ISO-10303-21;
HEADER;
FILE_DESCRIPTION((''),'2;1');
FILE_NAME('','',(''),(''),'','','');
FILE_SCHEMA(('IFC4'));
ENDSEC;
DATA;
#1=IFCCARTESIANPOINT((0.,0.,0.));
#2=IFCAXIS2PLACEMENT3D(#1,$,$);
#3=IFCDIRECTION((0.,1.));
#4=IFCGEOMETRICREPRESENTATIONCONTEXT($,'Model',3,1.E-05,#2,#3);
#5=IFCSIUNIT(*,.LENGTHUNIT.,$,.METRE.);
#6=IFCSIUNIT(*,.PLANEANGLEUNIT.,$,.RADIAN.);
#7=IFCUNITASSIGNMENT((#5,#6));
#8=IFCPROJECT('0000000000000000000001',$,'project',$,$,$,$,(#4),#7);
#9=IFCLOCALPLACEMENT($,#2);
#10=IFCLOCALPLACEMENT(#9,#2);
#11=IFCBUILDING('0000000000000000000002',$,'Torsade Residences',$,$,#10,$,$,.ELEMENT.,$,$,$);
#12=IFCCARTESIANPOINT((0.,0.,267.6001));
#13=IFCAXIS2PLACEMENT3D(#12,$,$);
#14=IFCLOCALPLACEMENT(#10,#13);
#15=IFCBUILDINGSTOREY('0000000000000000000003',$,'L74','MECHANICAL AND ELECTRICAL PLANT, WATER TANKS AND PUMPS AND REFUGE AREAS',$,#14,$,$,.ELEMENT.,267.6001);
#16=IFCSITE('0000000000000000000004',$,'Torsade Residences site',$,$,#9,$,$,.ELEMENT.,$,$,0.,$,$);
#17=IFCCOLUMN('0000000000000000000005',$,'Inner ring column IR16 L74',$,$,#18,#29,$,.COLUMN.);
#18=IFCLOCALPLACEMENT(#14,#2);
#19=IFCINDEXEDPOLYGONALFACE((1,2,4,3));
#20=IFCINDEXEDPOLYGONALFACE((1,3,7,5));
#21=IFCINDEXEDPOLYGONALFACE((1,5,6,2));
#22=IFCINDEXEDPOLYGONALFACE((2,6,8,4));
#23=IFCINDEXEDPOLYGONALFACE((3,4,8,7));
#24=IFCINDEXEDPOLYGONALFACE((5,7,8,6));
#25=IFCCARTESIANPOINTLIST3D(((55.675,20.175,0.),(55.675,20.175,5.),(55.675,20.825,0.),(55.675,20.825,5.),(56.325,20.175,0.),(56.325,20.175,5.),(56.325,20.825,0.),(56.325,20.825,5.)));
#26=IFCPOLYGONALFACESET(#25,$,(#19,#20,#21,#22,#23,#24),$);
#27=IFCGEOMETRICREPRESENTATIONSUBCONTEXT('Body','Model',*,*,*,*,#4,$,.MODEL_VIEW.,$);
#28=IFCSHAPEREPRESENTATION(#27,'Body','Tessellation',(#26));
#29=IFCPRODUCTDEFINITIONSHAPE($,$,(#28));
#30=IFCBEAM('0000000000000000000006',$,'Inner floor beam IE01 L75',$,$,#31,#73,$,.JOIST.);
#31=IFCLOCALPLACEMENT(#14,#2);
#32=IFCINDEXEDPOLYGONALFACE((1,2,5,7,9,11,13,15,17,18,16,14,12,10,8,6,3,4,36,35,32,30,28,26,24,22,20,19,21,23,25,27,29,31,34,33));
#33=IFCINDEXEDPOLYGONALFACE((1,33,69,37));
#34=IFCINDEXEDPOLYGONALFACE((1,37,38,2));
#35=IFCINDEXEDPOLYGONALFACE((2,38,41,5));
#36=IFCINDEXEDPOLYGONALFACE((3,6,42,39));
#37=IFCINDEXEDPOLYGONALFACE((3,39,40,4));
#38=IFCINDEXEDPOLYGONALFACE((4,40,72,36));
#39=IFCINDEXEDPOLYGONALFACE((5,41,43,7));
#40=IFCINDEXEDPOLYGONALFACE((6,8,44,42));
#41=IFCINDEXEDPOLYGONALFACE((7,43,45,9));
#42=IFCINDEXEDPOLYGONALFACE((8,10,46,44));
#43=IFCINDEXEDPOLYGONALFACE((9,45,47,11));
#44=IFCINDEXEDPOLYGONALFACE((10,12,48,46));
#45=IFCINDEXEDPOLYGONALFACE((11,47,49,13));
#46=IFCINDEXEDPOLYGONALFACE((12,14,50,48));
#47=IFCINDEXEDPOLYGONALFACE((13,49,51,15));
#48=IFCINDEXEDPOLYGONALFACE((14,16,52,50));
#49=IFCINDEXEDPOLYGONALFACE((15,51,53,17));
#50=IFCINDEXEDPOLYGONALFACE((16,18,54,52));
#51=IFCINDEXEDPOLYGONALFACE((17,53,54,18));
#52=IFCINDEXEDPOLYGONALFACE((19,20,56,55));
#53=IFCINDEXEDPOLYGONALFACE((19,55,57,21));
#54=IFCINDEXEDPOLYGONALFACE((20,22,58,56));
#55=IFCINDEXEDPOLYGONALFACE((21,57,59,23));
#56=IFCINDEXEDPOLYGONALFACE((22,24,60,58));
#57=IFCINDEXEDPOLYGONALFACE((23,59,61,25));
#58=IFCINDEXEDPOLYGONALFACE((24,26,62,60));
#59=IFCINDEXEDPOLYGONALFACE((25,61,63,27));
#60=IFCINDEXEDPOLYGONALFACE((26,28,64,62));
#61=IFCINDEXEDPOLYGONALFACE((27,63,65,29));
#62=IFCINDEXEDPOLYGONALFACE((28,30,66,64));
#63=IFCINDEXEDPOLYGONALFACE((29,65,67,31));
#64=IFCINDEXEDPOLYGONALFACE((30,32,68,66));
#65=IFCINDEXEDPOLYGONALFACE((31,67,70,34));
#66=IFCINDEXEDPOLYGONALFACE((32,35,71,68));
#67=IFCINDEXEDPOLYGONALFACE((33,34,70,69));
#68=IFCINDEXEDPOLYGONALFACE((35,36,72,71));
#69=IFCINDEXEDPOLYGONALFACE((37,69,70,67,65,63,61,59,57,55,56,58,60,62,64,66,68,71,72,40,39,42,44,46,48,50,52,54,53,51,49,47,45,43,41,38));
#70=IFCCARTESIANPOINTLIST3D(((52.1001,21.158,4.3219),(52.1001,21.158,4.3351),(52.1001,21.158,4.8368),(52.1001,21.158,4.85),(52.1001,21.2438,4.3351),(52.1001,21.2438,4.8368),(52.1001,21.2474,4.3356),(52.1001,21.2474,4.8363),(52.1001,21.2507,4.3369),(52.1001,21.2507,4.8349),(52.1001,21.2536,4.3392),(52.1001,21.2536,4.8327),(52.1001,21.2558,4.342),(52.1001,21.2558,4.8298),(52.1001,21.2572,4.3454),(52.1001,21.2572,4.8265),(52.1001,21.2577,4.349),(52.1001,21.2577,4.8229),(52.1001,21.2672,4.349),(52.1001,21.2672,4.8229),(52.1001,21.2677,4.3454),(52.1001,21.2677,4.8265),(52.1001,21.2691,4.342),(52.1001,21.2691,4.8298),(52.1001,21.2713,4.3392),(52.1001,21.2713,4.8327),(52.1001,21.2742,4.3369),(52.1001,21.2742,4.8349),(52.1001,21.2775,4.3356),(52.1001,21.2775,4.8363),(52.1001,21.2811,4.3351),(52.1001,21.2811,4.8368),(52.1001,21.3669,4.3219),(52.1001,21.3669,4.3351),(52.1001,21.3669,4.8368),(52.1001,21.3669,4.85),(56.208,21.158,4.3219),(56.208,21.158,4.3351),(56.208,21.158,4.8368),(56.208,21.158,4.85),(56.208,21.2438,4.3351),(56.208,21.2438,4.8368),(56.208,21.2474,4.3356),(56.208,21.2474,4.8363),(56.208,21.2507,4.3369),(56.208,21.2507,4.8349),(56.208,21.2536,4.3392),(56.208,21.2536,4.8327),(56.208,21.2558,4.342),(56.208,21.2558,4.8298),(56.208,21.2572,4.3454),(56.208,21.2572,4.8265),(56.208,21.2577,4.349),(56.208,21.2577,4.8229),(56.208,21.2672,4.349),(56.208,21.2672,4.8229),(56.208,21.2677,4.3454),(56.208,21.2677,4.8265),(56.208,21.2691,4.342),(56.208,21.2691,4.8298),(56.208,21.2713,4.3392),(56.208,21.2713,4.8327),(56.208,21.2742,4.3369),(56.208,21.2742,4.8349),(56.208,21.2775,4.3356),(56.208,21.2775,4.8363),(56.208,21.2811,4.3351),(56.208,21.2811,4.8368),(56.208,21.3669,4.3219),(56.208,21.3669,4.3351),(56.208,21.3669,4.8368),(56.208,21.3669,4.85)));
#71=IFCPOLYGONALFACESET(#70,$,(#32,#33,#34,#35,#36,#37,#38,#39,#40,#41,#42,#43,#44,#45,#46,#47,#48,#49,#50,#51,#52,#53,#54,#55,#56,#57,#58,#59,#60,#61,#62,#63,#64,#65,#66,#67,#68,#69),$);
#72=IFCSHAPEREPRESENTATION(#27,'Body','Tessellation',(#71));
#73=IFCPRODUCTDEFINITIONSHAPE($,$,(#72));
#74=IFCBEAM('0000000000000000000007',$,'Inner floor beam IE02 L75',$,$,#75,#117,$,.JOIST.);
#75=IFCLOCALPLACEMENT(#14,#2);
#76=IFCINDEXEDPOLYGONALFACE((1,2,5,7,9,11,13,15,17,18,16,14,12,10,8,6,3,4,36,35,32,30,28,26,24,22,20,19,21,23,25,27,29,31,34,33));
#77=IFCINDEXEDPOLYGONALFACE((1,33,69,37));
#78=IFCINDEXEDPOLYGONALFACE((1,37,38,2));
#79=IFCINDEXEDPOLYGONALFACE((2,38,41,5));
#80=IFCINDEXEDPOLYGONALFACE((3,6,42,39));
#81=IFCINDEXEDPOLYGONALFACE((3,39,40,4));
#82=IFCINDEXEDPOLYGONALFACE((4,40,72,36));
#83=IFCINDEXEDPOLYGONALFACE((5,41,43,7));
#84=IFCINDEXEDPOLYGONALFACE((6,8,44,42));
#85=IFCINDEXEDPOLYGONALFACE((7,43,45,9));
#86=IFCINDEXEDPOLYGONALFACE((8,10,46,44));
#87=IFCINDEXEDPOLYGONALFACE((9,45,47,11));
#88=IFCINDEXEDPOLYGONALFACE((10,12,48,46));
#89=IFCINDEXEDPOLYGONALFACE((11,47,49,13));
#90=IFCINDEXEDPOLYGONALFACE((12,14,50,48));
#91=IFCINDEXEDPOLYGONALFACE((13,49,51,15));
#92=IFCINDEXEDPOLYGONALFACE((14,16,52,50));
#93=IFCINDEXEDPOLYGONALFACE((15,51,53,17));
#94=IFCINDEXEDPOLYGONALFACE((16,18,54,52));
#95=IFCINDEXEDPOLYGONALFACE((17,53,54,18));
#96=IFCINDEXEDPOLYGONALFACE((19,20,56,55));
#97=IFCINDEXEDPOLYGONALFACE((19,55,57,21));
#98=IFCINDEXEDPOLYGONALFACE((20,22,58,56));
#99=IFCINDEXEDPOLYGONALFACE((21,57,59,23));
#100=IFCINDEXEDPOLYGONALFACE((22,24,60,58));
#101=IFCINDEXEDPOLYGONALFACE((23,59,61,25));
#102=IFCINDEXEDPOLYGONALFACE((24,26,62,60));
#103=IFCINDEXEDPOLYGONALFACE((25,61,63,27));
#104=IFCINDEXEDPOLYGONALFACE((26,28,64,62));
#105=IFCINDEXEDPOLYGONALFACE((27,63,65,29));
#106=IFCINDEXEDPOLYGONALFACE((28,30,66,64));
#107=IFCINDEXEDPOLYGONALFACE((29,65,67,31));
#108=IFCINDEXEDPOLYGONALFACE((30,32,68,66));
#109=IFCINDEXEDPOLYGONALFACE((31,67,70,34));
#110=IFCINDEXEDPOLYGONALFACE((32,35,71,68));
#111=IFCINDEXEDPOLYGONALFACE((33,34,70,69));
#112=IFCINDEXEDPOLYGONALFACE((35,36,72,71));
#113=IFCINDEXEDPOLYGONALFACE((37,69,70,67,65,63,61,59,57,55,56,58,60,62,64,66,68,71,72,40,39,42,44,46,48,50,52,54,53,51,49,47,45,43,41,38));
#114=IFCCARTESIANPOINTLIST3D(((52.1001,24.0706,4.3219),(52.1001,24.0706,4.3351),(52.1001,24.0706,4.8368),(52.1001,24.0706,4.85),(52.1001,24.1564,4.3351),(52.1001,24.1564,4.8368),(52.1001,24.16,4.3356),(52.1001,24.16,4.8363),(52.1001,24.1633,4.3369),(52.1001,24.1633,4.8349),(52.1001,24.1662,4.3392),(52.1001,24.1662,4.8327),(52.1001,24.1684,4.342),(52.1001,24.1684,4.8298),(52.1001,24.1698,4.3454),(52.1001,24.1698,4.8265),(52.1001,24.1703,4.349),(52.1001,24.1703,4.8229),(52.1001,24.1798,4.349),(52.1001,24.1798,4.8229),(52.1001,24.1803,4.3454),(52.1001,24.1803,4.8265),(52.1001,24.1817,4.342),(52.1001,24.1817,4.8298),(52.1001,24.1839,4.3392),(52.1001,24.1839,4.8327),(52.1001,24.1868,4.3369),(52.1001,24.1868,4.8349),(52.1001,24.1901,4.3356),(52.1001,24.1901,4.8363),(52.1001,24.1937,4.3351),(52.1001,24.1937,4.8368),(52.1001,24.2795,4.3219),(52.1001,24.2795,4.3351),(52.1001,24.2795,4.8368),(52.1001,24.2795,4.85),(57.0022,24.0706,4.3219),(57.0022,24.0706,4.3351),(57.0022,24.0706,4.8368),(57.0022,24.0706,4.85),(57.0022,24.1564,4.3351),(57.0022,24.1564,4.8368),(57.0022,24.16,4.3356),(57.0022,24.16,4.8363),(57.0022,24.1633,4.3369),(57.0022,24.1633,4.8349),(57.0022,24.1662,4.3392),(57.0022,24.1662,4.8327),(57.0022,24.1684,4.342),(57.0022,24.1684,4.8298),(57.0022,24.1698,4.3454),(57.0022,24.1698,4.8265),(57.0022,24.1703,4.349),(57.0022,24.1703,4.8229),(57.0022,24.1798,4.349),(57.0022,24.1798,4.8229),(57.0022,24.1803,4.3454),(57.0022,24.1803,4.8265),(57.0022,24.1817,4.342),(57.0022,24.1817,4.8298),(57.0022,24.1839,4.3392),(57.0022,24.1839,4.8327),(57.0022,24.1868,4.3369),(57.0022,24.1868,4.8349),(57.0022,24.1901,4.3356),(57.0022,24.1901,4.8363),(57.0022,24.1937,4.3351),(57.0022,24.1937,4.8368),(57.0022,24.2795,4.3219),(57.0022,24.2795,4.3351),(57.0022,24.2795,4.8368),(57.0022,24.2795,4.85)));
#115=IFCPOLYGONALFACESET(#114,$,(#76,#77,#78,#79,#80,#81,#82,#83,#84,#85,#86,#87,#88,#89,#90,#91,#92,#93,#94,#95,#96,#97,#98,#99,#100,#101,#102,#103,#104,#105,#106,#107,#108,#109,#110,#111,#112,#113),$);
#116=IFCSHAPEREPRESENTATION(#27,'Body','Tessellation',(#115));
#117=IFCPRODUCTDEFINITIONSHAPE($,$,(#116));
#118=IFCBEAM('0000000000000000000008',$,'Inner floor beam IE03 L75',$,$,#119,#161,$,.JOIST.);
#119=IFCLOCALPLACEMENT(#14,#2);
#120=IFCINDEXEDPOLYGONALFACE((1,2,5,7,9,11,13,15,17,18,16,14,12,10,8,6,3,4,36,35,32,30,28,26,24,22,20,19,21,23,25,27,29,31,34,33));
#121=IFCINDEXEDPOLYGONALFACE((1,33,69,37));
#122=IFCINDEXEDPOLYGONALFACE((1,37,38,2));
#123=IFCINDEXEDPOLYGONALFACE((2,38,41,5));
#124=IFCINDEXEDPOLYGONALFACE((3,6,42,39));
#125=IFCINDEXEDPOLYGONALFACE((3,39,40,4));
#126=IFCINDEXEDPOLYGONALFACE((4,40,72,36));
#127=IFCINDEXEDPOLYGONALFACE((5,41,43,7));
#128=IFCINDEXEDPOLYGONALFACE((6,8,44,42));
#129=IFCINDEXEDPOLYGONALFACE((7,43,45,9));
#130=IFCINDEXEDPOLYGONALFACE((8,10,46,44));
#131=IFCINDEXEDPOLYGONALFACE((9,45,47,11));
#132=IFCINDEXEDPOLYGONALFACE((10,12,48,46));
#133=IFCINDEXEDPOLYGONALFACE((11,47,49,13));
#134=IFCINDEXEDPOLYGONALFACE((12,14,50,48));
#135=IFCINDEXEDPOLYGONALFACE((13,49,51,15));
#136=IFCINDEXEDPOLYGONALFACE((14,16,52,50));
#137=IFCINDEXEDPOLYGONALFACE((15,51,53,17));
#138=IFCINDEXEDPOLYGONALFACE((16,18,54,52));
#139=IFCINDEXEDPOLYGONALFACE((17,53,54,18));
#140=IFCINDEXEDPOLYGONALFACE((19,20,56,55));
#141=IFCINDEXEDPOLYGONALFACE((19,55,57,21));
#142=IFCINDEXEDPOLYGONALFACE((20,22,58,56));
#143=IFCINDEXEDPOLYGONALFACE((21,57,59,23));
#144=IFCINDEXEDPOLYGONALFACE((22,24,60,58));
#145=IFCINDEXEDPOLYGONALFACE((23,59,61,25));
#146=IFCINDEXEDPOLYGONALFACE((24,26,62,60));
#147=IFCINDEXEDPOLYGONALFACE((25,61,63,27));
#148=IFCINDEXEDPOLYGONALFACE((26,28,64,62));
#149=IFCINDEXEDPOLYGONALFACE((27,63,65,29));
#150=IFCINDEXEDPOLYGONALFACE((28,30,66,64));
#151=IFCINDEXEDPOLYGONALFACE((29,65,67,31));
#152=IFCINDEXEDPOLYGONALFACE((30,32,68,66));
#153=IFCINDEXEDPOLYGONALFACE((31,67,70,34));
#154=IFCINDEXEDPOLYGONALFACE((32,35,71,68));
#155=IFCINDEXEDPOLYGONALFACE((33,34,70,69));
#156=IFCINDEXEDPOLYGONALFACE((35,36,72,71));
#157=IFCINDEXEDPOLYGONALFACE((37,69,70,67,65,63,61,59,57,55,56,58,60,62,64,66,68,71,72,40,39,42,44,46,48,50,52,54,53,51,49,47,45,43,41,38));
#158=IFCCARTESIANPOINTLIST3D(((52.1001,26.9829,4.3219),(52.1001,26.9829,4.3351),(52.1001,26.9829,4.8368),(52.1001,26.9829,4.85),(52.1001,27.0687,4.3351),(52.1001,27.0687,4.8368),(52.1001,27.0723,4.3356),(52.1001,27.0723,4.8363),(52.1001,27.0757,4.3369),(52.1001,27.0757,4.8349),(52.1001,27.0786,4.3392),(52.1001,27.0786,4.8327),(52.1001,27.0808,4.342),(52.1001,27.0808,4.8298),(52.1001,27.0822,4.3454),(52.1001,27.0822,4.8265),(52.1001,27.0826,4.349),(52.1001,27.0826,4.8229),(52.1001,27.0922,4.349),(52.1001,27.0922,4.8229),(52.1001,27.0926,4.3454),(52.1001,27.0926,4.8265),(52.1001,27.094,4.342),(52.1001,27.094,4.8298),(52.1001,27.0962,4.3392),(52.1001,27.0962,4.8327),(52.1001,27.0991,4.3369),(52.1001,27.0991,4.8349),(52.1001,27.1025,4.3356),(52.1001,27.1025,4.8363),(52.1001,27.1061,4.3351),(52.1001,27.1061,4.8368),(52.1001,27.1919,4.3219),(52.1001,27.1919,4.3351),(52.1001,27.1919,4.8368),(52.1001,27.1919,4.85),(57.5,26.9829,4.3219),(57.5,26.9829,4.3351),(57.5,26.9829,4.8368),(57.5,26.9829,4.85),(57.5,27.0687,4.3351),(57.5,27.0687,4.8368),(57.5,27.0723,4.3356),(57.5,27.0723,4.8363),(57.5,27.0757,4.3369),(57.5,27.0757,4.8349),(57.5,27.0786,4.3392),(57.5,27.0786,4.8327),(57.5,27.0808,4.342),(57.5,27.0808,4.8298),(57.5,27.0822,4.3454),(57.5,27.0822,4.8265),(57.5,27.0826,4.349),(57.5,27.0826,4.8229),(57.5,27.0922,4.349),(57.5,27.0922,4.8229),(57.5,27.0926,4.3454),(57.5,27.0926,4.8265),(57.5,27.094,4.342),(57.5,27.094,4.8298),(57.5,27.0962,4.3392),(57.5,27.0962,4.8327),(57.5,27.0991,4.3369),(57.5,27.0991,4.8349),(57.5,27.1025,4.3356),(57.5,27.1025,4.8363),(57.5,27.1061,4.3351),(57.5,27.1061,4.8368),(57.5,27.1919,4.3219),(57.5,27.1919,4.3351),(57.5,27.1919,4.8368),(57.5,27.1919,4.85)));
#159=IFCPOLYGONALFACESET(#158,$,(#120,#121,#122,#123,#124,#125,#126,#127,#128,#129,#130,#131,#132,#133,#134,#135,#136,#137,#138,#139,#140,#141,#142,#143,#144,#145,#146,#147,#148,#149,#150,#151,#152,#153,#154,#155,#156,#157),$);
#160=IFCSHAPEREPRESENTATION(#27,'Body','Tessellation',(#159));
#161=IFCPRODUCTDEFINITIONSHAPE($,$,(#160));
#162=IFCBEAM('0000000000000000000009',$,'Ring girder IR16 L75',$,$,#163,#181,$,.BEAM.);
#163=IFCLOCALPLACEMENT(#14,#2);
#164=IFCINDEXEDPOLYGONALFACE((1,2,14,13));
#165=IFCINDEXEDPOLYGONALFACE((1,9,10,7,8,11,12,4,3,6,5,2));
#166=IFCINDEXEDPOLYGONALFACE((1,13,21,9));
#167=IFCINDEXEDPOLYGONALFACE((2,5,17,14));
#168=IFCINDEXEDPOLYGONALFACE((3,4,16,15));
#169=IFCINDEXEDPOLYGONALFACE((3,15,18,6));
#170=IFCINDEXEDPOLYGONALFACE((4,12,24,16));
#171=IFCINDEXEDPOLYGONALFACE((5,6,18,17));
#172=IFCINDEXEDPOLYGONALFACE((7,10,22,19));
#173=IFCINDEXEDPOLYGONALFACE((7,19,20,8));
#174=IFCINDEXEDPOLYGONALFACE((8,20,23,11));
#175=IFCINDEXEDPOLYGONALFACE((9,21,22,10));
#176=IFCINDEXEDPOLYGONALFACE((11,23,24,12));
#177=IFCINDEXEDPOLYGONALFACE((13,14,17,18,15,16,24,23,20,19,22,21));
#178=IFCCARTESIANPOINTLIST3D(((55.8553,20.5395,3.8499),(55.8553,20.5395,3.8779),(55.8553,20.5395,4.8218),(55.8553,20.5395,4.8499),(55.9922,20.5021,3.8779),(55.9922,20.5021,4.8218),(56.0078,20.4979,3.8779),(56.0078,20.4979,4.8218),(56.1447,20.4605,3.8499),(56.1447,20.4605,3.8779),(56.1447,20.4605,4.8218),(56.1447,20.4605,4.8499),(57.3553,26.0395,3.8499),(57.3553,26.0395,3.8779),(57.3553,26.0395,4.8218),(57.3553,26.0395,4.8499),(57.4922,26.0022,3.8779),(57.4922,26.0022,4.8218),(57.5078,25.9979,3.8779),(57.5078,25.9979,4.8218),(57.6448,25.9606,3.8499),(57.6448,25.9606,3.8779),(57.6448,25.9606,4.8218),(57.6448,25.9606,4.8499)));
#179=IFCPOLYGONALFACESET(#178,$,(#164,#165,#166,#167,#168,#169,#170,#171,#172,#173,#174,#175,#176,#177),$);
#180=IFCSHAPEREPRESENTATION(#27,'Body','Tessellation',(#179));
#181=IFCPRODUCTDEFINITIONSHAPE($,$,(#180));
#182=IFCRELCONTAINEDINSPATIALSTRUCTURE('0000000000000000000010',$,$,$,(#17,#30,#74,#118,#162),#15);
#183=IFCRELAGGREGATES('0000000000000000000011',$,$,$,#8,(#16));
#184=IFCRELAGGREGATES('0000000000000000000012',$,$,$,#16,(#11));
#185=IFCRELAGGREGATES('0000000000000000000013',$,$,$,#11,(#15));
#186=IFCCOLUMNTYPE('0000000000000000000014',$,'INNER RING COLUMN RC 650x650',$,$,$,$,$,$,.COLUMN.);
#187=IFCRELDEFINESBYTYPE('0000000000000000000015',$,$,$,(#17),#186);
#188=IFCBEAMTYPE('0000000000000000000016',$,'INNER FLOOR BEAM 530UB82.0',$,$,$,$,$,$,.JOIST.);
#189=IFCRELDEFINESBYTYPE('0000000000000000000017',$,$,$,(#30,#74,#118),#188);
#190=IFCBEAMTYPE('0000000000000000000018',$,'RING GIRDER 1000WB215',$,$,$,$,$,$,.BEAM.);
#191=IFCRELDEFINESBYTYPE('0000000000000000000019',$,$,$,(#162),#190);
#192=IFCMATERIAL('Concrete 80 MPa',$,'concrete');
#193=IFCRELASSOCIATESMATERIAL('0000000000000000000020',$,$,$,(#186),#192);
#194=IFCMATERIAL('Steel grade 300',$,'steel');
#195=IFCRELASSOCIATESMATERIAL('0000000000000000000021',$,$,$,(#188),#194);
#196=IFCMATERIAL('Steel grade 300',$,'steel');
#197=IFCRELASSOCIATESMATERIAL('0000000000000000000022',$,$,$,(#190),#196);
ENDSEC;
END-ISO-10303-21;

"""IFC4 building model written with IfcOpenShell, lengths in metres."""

from ifc_helpers import new_model, si_unit, direction, frame, origin, origin_2d, place, context, subcontext, project, spatial, rectangle, i_section, extrude, material, material_profile, profile_set, type_object, element, save


model = new_model("IFC4")

# Units and contexts
model_context = context("Model", 3, precision=1e-05, world=origin(), true_north=direction((0.0, 1.0)))
body_context = subcontext(model_context, "Body", "Model", "MODEL_VIEW")
ifc_project = project(units=[si_unit("LENGTHUNIT", "METRE"), si_unit("PLANEANGLEUNIT", "RADIAN")], contexts=[model_context])

# Site, building, storey
site_placement = place(None, origin())
site = spatial("IfcSite", under=ifc_project, at=site_placement, Name="Torsade Residences site", CompositionType="ELEMENT", RefElevation=0.0)
building_placement = place(site_placement, origin())
building = spatial("IfcBuilding", under=site, at=building_placement, Name="Torsade Residences", CompositionType="ELEMENT")
storey_placement = place(building_placement, frame((0.0, 0.0, 267.6001)))
storey = spatial("IfcBuildingStorey", under=building, at=storey_placement, Name="L74", Description="MECHANICAL AND ELECTRICAL PLANT, WATER TANKS AND PUMPS AND REFUGE AREAS", CompositionType="ELEMENT", Elevation=267.6001)

# Column
ifc_material_1 = material(Name="Concrete 80 MPa", Category="concrete")
ifc_material_profile_1 = material_profile(ifc_material_1, rectangle(XDim=0.6499, YDim=0.6499, at=origin_2d()), Name="RC 650x650")
ifc_profile_set_1 = profile_set([ifc_material_profile_1], Name="Concrete 80 MPa")
column_type = type_object("IfcColumnType", Name="INNER RING COLUMN RC 650x650", PredefinedType="COLUMN", material=ifc_profile_set_1)
column_placement = place(storey_placement, frame((56.0, 20.5, 0.0), z_axis=(0.0, 0.0, 1.0), x_axis=(1.0, 0.0, 0.0)))
element("IfcColumn", 1, at=column_placement, inside=storey, type_object=column_type, Name="Inner ring column IR16 L74", PredefinedType="COLUMN", context=body_context, shape_type="SweptSolid", body=[
    extrude(rectangle(XDim=0.6499, YDim=0.6499, at=origin_2d()), origin(), (0.0, 0.0, 1.0), 5.0),
])

# Beams
ifc_material_2 = material(Name="Steel grade 300", Category="steel")
ifc_material_profile_2 = material_profile(ifc_material_2, i_section(OverallWidth=0.209, OverallDepth=0.5281, WebThickness=0.0095, FlangeThickness=0.0132, FilletRadius=0.0139, at=origin_2d()), Name="530UB82.0")
ifc_profile_set_2 = profile_set([ifc_material_profile_2], Name="Steel grade 300")
beam_type_1 = type_object("IfcBeamType", Name="INNER FLOOR BEAM 530UB82.0", PredefinedType="JOIST", material=ifc_profile_set_2)
beam_1_placement = place(storey_placement, frame((52.1001, 21.2625, 4.5859), z_axis=(1.0, 0.0, 0.0), x_axis=(0.0, 1.0, 0.0)))
element("IfcBeam", 2, at=beam_1_placement, inside=storey, type_object=beam_type_1, Name="Inner floor beam IE01 L75", PredefinedType="JOIST", context=body_context, shape_type="SweptSolid", body=[
    extrude(i_section(OverallWidth=0.209, OverallDepth=0.5281, WebThickness=0.0095, FlangeThickness=0.0132, FilletRadius=0.0139, at=origin_2d()), origin(), (0.0, 0.0, 1.0), 4.1079),
])
beam_2_placement = place(storey_placement, frame((52.1001, 24.175, 4.5859), z_axis=(1.0, 0.0, 0.0), x_axis=(0.0, 1.0, 0.0)))
element("IfcBeam", 3, at=beam_2_placement, inside=storey, type_object=beam_type_1, Name="Inner floor beam IE02 L75", PredefinedType="JOIST", context=body_context, shape_type="SweptSolid", body=[
    extrude(i_section(OverallWidth=0.209, OverallDepth=0.5281, WebThickness=0.0095, FlangeThickness=0.0132, FilletRadius=0.0139, at=origin_2d()), origin(), (0.0, 0.0, 1.0), 4.9021),
])
beam_3_placement = place(storey_placement, frame((52.1001, 27.0874, 4.5859), z_axis=(1.0, 0.0, 0.0), x_axis=(0.0, 1.0, 0.0)))
element("IfcBeam", 4, at=beam_3_placement, inside=storey, type_object=beam_type_1, Name="Inner floor beam IE03 L75", PredefinedType="JOIST", context=body_context, shape_type="SweptSolid", body=[
    extrude(i_section(OverallWidth=0.209, OverallDepth=0.5281, WebThickness=0.0095, FlangeThickness=0.0132, FilletRadius=0.0139, at=origin_2d()), origin(), (0.0, 0.0, 1.0), 5.3999),
])
ifc_material_3 = material(Name="Steel grade 300", Category="steel")
ifc_material_profile_3 = material_profile(ifc_material_3, i_section(OverallWidth=0.3, OverallDepth=1.0, WebThickness=0.0161, FlangeThickness=0.0281, at=origin_2d()), Name="1000WB215")
ifc_profile_set_3 = profile_set([ifc_material_profile_3], Name="Steel grade 300")
beam_type_2 = type_object("IfcBeamType", Name="RING GIRDER 1000WB215", PredefinedType="BEAM", material=ifc_profile_set_3)
beam_4_placement = place(storey_placement, frame((56.0, 20.5, 4.3499), z_axis=(0.263117, 0.964764, 0.0), x_axis=(-0.964764, 0.263117, 0.0)))
element("IfcBeam", 5, at=beam_4_placement, inside=storey, type_object=beam_type_2, Name="Ring girder IR16 L75", PredefinedType="BEAM", context=body_context, shape_type="SweptSolid", body=[
    extrude(i_section(OverallWidth=0.3, OverallDepth=1.0, WebThickness=0.0161, FlangeThickness=0.0281, at=origin_2d()), origin(), (0.0, 0.0, 1.0), 5.7009),
])

save(model, "model.ifc")
